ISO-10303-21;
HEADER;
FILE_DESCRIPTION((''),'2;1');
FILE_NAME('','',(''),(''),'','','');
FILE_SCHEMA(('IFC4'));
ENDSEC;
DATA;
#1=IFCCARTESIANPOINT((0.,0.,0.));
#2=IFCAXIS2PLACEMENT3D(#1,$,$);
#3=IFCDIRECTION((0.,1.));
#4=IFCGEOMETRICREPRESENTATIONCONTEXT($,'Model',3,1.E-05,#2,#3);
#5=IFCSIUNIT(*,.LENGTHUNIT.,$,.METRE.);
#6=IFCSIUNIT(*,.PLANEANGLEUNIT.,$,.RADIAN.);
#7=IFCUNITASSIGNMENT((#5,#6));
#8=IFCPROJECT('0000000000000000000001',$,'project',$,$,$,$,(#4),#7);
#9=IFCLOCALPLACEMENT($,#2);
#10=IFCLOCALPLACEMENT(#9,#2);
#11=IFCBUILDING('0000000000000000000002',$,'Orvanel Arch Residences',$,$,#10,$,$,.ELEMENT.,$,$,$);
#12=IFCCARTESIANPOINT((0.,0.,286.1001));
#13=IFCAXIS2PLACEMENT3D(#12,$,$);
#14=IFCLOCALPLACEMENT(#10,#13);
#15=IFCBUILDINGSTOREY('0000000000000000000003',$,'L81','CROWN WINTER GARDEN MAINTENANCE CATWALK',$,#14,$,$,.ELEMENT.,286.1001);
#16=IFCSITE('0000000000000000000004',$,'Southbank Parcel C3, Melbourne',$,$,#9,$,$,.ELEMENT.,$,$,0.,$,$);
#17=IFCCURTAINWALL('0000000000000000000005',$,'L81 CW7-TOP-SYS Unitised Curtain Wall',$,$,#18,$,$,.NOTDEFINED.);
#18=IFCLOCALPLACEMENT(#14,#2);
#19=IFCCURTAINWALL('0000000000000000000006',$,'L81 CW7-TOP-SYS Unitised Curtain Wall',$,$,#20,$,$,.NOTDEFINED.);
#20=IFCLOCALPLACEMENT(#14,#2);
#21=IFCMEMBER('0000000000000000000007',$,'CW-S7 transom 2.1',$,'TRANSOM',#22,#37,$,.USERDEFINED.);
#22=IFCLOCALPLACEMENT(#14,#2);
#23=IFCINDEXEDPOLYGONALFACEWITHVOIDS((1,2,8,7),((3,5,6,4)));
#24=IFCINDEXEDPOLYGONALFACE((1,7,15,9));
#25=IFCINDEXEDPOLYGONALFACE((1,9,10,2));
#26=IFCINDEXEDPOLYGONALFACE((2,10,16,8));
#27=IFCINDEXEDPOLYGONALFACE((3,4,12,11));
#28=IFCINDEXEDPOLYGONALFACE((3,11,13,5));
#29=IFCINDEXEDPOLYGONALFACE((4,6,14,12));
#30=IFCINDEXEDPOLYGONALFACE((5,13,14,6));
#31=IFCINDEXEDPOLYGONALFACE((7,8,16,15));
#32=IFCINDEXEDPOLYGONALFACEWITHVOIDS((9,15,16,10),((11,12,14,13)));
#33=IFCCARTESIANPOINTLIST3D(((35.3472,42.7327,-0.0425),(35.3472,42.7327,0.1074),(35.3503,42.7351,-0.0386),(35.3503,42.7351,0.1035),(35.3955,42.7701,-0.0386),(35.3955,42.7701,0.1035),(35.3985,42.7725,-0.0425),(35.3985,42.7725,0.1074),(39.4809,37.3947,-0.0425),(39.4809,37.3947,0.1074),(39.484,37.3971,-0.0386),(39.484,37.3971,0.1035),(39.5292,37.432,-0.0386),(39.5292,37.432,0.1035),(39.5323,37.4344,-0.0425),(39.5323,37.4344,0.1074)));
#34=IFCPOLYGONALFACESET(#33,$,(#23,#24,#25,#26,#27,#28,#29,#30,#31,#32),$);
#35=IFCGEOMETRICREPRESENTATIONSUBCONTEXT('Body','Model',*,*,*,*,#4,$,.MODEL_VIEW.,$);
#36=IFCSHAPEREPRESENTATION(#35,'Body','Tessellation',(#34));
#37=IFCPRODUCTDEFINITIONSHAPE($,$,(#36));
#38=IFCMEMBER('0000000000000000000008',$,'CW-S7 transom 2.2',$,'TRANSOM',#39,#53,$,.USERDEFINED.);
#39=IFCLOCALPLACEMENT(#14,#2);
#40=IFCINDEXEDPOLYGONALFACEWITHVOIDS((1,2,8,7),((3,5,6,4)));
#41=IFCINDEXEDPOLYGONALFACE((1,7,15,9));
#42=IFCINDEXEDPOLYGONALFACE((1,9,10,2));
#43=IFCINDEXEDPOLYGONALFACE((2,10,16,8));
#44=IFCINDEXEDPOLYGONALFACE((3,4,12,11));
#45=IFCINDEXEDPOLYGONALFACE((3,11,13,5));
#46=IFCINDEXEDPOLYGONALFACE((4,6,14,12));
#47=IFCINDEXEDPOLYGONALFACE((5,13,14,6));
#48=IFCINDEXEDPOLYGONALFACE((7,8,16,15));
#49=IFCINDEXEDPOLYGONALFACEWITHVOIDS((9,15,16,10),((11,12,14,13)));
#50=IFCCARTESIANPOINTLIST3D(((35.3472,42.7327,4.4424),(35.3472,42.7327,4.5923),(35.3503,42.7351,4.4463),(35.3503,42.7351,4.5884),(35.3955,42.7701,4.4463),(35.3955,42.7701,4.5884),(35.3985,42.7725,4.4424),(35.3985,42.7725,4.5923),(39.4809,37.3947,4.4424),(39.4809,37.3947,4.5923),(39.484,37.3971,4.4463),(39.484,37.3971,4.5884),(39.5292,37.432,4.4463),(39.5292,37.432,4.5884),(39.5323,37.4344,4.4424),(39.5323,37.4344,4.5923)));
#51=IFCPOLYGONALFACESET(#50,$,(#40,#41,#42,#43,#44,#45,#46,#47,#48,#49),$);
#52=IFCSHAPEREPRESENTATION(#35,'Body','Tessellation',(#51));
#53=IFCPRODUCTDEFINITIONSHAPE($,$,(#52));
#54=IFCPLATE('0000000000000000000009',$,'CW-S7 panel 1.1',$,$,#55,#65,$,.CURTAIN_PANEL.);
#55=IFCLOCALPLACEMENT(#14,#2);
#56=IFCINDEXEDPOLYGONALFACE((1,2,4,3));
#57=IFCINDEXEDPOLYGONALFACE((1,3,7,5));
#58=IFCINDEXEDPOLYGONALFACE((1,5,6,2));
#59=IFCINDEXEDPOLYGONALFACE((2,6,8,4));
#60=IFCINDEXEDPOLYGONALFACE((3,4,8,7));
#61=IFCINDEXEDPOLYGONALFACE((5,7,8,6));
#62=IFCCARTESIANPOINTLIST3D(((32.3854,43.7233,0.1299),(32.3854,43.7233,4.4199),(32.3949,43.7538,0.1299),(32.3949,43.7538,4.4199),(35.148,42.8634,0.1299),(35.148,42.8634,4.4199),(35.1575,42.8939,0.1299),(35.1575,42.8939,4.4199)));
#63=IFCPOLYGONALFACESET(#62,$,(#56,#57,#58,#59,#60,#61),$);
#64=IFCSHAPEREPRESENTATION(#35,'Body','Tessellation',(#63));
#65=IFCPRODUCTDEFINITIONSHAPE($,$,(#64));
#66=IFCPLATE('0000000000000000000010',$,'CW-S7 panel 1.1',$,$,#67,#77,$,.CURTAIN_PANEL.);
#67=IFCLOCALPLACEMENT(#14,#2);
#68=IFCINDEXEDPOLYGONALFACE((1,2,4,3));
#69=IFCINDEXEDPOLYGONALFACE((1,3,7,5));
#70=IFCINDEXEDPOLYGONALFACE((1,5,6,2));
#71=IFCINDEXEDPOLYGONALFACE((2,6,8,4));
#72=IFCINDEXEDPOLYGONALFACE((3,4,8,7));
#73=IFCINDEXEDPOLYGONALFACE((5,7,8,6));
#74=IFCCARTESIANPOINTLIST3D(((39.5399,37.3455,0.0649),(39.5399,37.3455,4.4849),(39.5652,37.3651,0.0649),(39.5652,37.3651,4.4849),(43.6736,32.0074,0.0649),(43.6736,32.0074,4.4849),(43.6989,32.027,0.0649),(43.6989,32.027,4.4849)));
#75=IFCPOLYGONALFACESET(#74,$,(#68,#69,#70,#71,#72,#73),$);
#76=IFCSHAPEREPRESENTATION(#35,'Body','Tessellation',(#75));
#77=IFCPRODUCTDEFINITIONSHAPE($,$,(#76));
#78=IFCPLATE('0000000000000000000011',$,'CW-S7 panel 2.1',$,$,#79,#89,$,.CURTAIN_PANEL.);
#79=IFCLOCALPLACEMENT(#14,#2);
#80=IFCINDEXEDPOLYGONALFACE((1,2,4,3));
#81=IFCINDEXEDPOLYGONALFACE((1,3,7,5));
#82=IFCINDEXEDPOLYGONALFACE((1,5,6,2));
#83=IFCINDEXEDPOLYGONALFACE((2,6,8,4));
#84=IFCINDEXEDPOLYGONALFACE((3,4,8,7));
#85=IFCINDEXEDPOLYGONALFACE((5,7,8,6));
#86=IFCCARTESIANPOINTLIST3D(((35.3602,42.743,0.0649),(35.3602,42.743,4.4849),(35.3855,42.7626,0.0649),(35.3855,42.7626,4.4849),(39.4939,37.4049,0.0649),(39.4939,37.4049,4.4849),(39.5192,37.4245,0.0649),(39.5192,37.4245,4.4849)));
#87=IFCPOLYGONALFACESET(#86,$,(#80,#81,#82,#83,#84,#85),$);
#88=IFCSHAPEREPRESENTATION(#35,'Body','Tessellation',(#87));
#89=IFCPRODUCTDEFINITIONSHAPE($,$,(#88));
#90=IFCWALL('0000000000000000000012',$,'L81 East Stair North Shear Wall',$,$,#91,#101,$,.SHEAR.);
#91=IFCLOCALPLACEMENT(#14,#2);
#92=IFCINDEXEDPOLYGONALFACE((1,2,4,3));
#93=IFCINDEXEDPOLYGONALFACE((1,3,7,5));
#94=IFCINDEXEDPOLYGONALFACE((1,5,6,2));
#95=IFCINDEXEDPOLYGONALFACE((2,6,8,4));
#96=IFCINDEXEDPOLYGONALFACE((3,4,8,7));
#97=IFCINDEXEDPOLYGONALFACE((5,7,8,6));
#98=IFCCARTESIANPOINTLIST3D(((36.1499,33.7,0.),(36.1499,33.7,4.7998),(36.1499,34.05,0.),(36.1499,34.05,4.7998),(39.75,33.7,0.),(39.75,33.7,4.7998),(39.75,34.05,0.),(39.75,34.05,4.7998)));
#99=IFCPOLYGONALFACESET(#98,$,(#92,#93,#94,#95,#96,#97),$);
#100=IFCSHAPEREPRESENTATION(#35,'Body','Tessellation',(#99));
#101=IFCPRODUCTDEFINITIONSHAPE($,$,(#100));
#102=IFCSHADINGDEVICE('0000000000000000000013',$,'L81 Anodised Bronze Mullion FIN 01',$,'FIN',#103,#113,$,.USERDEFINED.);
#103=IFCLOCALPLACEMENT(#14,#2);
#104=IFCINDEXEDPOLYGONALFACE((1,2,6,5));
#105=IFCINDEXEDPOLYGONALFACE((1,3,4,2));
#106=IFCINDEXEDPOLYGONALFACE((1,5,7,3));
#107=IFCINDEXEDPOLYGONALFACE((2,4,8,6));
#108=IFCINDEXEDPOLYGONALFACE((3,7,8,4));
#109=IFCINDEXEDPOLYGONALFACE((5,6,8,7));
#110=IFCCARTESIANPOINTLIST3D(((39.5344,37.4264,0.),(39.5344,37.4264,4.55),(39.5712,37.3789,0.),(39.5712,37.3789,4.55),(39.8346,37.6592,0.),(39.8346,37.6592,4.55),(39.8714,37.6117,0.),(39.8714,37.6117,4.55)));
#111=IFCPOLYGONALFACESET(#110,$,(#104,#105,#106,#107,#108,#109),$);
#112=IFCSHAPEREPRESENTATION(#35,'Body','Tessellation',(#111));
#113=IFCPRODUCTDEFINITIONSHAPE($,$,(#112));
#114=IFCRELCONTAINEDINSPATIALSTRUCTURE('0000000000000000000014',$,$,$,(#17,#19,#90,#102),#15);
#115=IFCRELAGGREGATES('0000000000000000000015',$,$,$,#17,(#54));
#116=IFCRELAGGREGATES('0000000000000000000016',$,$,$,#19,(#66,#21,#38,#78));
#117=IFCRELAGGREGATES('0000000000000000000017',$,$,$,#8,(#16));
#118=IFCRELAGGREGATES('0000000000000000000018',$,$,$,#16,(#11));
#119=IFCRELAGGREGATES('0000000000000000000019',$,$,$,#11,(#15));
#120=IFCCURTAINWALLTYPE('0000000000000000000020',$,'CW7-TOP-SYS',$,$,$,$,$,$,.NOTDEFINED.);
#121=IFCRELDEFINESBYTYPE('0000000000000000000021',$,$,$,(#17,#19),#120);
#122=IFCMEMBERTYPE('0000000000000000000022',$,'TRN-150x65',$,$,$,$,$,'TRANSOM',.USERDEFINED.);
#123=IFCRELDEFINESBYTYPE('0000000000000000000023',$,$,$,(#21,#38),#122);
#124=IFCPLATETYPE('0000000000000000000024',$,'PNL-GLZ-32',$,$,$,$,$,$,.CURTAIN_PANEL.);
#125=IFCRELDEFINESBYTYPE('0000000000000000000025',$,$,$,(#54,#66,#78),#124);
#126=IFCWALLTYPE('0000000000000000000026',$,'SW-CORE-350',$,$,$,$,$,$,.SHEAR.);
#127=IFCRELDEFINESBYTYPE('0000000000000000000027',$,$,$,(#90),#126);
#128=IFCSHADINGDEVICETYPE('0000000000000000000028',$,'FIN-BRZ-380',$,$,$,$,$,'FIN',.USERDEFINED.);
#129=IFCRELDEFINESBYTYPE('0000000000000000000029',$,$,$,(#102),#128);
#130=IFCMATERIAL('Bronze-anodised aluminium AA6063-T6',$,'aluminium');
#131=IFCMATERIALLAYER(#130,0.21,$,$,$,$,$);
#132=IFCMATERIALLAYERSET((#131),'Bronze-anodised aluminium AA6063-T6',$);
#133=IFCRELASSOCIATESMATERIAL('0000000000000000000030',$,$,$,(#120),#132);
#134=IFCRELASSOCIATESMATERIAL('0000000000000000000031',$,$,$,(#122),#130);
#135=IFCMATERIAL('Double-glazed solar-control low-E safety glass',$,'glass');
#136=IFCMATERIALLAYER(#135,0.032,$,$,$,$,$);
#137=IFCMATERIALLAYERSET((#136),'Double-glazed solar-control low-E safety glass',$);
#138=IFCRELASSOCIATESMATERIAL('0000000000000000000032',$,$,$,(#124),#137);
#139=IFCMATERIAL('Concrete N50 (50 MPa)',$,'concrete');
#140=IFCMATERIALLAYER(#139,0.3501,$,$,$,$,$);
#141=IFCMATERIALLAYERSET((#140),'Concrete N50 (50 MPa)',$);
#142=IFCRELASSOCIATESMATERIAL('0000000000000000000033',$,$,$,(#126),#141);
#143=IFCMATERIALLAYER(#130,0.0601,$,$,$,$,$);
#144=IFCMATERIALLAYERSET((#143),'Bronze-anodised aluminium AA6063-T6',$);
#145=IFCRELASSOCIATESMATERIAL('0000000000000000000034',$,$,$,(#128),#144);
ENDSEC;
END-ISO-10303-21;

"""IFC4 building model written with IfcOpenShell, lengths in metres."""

from ifc_helpers import new_model, si_unit, direction, frame, frame_2d, origin, origin_2d, place, context, subcontext, project, spatial, rectangle, hollow_rectangle, extrude, material, layer, layer_set, material_profile, profile_set, type_object, element, aggregate, save


model = new_model("IFC4")

# Units and contexts
model_context = context("Model", 3, precision=1e-05, world=origin(), true_north=direction((0.0, 1.0)))
body_context = subcontext(model_context, "Body", "Model", "MODEL_VIEW")
ifc_project = project(units=[si_unit("LENGTHUNIT", "METRE"), si_unit("PLANEANGLEUNIT", "RADIAN")], contexts=[model_context])

# Site, building, storey
site_placement = place(None, origin())
site = spatial("IfcSite", under=ifc_project, at=site_placement, Name="Southbank Parcel C3, Melbourne", CompositionType="ELEMENT", RefElevation=0.0)
building_placement = place(site_placement, origin())
building = spatial("IfcBuilding", under=site, at=building_placement, Name="Orvanel Arch Residences", CompositionType="ELEMENT")
storey_placement = place(building_placement, frame((0.0, 0.0, 286.1001)))
storey = spatial("IfcBuildingStorey", under=building, at=storey_placement, Name="L81", Description="CROWN WINTER GARDEN MAINTENANCE CATWALK", CompositionType="ELEMENT", Elevation=286.1001)

# Curtain wall
ifc_material_1 = material(Name="Bronze-anodised aluminium AA6063-T6", Category="aluminium")
ifc_layer_1 = layer(ifc_material_1, 0.21)
ifc_layer_set_1 = layer_set([ifc_layer_1], Name="Bronze-anodised aluminium AA6063-T6")
curtain_wall_type = type_object("IfcCurtainWallType", Name="CW7-TOP-SYS", PredefinedType="NOTDEFINED", material=ifc_layer_set_1)
curtain_wall_1_placement = place(storey_placement, origin())
curtain_wall_1 = element("IfcCurtainWall", 1, at=curtain_wall_1_placement, inside=storey, type_object=curtain_wall_type, Name="L81 CW7-TOP-SYS Unitised Curtain Wall", PredefinedType="NOTDEFINED")

# Curtain wall
curtain_wall_2_placement = place(storey_placement, origin())
curtain_wall_2 = element("IfcCurtainWall", 2, at=curtain_wall_2_placement, inside=storey, type_object=curtain_wall_type, Name="L81 CW7-TOP-SYS Unitised Curtain Wall", PredefinedType="NOTDEFINED")

# Members
ifc_material_profile_1 = material_profile(ifc_material_1, hollow_rectangle(XDim=0.0649, YDim=0.1499, WallThickness=0.0039, at=origin_2d()), Name="ALU150x65x4")
ifc_profile_set_1 = profile_set([ifc_material_profile_1], Name="Bronze-anodised aluminium AA6063-T6")
member_type_1 = type_object("IfcMemberType", Name="TRN-150x65", ElementType="TRANSOM", PredefinedType="USERDEFINED", material=ifc_profile_set_1)
member_1_placement = place(storey_placement, frame((39.5066, 37.4146, 0.0325), z_axis=(-0.612269, 0.790649, 0.0), x_axis=(-0.790649, -0.612269, 0.0)))
member_1 = element("IfcMember", 3, at=member_1_placement, type_object=member_type_1, Name="CW-S7 transom 2.1", ObjectType="TRANSOM", PredefinedType="USERDEFINED", context=body_context, shape_type="SweptSolid", body=[
    extrude(hollow_rectangle(XDim=0.0649, YDim=0.1499, WallThickness=0.0039, at=origin_2d()), origin(), (0.0, 0.0, 1.0), 6.7515),
])
member_2_placement = place(storey_placement, frame((39.5066, 37.4146, 4.5173), z_axis=(-0.612269, 0.790649, 0.0), x_axis=(-0.790649, -0.612269, 0.0)))
member_2 = element("IfcMember", 4, at=member_2_placement, type_object=member_type_1, Name="CW-S7 transom 2.2", ObjectType="TRANSOM", PredefinedType="USERDEFINED", context=body_context, shape_type="SweptSolid", body=[
    extrude(hollow_rectangle(XDim=0.0649, YDim=0.1499, WallThickness=0.0039, at=origin_2d()), origin(), (0.0, 0.0, 1.0), 6.7515),
])

# Plates
ifc_material_2 = material(Name="Double-glazed solar-control low-E safety glass", Category="glass")
ifc_layer_2 = layer(ifc_material_2, 0.032)
ifc_layer_set_2 = layer_set([ifc_layer_2], Name="Double-glazed solar-control low-E safety glass")
plate_type = type_object("IfcPlateType", Name="PNL-GLZ-32", PredefinedType="CURTAIN_PANEL", material=ifc_layer_set_2)
plate_1_placement = place(storey_placement, frame((33.7715, 43.3086, 0.1299), z_axis=(0.0, 0.0, 1.0), x_axis=(-0.954819, 0.297187, 0.0)))
plate_1 = element("IfcPlate", 5, at=plate_1_placement, type_object=plate_type, Name="CW-S7 panel 1.1", PredefinedType="CURTAIN_PANEL", context=body_context, shape_type="SweptSolid", body=[
    extrude(rectangle(XDim=2.8933, YDim=0.032, at=origin_2d()), origin(), (0.0, 0.0, 1.0), 4.29),
])
aggregate(curtain_wall_1, [plate_1])
plate_2_placement = place(storey_placement, frame((41.6194, 34.6863, 0.0649), z_axis=(0.0, 0.0, 1.0), x_axis=(-0.61226, 0.790657, 0.0)))
plate_2 = element("IfcPlate", 6, at=plate_2_placement, type_object=plate_type, Name="CW-S7 panel 1.1", PredefinedType="CURTAIN_PANEL", context=body_context, shape_type="SweptSolid", body=[
    extrude(rectangle(XDim=6.7515, YDim=0.032, at=origin_2d()), origin(), (0.0, 0.0, 1.0), 4.4199),
])
plate_3_placement = place(storey_placement, frame((37.4397, 40.0837, 0.0649), z_axis=(0.0, 0.0, 1.0), x_axis=(-0.61226, 0.790657, 0.0)))
plate_3 = element("IfcPlate", 7, at=plate_3_placement, type_object=plate_type, Name="CW-S7 panel 2.1", PredefinedType="CURTAIN_PANEL", context=body_context, shape_type="SweptSolid", body=[
    extrude(rectangle(XDim=6.7515, YDim=0.032, at=origin_2d()), origin(), (0.0, 0.0, 1.0), 4.4199),
])
aggregate(curtain_wall_2, [plate_2, member_1, member_2, plate_3])

# Wall
ifc_material_3 = material(Name="Concrete N50 (50 MPa)", Category="concrete")
ifc_layer_3 = layer(ifc_material_3, 0.3501)
ifc_layer_set_3 = layer_set([ifc_layer_3], Name="Concrete N50 (50 MPa)")
wall_type = type_object("IfcWallType", Name="SW-CORE-350", PredefinedType="SHEAR", material=ifc_layer_set_3)
wall_placement = place(storey_placement, frame((36.1499, 33.875, 0.0), z_axis=(0.0, 0.0, 1.0), x_axis=(1.0, 0.0, 0.0)))
element("IfcWall", 8, at=wall_placement, inside=storey, type_object=wall_type, Name="L81 East Stair North Shear Wall", PredefinedType="SHEAR", context=body_context, shape_type="SweptSolid", body=[
    extrude(rectangle(XDim=3.6001, YDim=0.3501, at=frame_2d((1.8, 0.0))), origin(), (0.0, 0.0, 1.0), 4.7998),
])

# Shading device
ifc_layer_4 = layer(ifc_material_1, 0.0601)
ifc_layer_set_4 = layer_set([ifc_layer_4], Name="Bronze-anodised aluminium AA6063-T6")
shading_device_type = type_object("IfcShadingDeviceType", Name="FIN-BRZ-380", ElementType="FIN", PredefinedType="USERDEFINED", material=ifc_layer_set_4)
shading_device_placement = place(storey_placement, frame((39.7029, 37.519, 0.0), z_axis=(0.0, 0.0, 1.0), x_axis=(0.790155, 0.612907, 0.0)))
element("IfcShadingDevice", 9, at=shading_device_placement, inside=storey, type_object=shading_device_type, Name="L81 Anodised Bronze Mullion FIN 01", ObjectType="FIN", PredefinedType="USERDEFINED", context=body_context, shape_type="SweptSolid", body=[
    extrude(rectangle(XDim=0.3799, YDim=0.0601, at=origin_2d()), origin(), (0.0, 0.0, 1.0), 4.55),
])

save(model, "model.ifc")
